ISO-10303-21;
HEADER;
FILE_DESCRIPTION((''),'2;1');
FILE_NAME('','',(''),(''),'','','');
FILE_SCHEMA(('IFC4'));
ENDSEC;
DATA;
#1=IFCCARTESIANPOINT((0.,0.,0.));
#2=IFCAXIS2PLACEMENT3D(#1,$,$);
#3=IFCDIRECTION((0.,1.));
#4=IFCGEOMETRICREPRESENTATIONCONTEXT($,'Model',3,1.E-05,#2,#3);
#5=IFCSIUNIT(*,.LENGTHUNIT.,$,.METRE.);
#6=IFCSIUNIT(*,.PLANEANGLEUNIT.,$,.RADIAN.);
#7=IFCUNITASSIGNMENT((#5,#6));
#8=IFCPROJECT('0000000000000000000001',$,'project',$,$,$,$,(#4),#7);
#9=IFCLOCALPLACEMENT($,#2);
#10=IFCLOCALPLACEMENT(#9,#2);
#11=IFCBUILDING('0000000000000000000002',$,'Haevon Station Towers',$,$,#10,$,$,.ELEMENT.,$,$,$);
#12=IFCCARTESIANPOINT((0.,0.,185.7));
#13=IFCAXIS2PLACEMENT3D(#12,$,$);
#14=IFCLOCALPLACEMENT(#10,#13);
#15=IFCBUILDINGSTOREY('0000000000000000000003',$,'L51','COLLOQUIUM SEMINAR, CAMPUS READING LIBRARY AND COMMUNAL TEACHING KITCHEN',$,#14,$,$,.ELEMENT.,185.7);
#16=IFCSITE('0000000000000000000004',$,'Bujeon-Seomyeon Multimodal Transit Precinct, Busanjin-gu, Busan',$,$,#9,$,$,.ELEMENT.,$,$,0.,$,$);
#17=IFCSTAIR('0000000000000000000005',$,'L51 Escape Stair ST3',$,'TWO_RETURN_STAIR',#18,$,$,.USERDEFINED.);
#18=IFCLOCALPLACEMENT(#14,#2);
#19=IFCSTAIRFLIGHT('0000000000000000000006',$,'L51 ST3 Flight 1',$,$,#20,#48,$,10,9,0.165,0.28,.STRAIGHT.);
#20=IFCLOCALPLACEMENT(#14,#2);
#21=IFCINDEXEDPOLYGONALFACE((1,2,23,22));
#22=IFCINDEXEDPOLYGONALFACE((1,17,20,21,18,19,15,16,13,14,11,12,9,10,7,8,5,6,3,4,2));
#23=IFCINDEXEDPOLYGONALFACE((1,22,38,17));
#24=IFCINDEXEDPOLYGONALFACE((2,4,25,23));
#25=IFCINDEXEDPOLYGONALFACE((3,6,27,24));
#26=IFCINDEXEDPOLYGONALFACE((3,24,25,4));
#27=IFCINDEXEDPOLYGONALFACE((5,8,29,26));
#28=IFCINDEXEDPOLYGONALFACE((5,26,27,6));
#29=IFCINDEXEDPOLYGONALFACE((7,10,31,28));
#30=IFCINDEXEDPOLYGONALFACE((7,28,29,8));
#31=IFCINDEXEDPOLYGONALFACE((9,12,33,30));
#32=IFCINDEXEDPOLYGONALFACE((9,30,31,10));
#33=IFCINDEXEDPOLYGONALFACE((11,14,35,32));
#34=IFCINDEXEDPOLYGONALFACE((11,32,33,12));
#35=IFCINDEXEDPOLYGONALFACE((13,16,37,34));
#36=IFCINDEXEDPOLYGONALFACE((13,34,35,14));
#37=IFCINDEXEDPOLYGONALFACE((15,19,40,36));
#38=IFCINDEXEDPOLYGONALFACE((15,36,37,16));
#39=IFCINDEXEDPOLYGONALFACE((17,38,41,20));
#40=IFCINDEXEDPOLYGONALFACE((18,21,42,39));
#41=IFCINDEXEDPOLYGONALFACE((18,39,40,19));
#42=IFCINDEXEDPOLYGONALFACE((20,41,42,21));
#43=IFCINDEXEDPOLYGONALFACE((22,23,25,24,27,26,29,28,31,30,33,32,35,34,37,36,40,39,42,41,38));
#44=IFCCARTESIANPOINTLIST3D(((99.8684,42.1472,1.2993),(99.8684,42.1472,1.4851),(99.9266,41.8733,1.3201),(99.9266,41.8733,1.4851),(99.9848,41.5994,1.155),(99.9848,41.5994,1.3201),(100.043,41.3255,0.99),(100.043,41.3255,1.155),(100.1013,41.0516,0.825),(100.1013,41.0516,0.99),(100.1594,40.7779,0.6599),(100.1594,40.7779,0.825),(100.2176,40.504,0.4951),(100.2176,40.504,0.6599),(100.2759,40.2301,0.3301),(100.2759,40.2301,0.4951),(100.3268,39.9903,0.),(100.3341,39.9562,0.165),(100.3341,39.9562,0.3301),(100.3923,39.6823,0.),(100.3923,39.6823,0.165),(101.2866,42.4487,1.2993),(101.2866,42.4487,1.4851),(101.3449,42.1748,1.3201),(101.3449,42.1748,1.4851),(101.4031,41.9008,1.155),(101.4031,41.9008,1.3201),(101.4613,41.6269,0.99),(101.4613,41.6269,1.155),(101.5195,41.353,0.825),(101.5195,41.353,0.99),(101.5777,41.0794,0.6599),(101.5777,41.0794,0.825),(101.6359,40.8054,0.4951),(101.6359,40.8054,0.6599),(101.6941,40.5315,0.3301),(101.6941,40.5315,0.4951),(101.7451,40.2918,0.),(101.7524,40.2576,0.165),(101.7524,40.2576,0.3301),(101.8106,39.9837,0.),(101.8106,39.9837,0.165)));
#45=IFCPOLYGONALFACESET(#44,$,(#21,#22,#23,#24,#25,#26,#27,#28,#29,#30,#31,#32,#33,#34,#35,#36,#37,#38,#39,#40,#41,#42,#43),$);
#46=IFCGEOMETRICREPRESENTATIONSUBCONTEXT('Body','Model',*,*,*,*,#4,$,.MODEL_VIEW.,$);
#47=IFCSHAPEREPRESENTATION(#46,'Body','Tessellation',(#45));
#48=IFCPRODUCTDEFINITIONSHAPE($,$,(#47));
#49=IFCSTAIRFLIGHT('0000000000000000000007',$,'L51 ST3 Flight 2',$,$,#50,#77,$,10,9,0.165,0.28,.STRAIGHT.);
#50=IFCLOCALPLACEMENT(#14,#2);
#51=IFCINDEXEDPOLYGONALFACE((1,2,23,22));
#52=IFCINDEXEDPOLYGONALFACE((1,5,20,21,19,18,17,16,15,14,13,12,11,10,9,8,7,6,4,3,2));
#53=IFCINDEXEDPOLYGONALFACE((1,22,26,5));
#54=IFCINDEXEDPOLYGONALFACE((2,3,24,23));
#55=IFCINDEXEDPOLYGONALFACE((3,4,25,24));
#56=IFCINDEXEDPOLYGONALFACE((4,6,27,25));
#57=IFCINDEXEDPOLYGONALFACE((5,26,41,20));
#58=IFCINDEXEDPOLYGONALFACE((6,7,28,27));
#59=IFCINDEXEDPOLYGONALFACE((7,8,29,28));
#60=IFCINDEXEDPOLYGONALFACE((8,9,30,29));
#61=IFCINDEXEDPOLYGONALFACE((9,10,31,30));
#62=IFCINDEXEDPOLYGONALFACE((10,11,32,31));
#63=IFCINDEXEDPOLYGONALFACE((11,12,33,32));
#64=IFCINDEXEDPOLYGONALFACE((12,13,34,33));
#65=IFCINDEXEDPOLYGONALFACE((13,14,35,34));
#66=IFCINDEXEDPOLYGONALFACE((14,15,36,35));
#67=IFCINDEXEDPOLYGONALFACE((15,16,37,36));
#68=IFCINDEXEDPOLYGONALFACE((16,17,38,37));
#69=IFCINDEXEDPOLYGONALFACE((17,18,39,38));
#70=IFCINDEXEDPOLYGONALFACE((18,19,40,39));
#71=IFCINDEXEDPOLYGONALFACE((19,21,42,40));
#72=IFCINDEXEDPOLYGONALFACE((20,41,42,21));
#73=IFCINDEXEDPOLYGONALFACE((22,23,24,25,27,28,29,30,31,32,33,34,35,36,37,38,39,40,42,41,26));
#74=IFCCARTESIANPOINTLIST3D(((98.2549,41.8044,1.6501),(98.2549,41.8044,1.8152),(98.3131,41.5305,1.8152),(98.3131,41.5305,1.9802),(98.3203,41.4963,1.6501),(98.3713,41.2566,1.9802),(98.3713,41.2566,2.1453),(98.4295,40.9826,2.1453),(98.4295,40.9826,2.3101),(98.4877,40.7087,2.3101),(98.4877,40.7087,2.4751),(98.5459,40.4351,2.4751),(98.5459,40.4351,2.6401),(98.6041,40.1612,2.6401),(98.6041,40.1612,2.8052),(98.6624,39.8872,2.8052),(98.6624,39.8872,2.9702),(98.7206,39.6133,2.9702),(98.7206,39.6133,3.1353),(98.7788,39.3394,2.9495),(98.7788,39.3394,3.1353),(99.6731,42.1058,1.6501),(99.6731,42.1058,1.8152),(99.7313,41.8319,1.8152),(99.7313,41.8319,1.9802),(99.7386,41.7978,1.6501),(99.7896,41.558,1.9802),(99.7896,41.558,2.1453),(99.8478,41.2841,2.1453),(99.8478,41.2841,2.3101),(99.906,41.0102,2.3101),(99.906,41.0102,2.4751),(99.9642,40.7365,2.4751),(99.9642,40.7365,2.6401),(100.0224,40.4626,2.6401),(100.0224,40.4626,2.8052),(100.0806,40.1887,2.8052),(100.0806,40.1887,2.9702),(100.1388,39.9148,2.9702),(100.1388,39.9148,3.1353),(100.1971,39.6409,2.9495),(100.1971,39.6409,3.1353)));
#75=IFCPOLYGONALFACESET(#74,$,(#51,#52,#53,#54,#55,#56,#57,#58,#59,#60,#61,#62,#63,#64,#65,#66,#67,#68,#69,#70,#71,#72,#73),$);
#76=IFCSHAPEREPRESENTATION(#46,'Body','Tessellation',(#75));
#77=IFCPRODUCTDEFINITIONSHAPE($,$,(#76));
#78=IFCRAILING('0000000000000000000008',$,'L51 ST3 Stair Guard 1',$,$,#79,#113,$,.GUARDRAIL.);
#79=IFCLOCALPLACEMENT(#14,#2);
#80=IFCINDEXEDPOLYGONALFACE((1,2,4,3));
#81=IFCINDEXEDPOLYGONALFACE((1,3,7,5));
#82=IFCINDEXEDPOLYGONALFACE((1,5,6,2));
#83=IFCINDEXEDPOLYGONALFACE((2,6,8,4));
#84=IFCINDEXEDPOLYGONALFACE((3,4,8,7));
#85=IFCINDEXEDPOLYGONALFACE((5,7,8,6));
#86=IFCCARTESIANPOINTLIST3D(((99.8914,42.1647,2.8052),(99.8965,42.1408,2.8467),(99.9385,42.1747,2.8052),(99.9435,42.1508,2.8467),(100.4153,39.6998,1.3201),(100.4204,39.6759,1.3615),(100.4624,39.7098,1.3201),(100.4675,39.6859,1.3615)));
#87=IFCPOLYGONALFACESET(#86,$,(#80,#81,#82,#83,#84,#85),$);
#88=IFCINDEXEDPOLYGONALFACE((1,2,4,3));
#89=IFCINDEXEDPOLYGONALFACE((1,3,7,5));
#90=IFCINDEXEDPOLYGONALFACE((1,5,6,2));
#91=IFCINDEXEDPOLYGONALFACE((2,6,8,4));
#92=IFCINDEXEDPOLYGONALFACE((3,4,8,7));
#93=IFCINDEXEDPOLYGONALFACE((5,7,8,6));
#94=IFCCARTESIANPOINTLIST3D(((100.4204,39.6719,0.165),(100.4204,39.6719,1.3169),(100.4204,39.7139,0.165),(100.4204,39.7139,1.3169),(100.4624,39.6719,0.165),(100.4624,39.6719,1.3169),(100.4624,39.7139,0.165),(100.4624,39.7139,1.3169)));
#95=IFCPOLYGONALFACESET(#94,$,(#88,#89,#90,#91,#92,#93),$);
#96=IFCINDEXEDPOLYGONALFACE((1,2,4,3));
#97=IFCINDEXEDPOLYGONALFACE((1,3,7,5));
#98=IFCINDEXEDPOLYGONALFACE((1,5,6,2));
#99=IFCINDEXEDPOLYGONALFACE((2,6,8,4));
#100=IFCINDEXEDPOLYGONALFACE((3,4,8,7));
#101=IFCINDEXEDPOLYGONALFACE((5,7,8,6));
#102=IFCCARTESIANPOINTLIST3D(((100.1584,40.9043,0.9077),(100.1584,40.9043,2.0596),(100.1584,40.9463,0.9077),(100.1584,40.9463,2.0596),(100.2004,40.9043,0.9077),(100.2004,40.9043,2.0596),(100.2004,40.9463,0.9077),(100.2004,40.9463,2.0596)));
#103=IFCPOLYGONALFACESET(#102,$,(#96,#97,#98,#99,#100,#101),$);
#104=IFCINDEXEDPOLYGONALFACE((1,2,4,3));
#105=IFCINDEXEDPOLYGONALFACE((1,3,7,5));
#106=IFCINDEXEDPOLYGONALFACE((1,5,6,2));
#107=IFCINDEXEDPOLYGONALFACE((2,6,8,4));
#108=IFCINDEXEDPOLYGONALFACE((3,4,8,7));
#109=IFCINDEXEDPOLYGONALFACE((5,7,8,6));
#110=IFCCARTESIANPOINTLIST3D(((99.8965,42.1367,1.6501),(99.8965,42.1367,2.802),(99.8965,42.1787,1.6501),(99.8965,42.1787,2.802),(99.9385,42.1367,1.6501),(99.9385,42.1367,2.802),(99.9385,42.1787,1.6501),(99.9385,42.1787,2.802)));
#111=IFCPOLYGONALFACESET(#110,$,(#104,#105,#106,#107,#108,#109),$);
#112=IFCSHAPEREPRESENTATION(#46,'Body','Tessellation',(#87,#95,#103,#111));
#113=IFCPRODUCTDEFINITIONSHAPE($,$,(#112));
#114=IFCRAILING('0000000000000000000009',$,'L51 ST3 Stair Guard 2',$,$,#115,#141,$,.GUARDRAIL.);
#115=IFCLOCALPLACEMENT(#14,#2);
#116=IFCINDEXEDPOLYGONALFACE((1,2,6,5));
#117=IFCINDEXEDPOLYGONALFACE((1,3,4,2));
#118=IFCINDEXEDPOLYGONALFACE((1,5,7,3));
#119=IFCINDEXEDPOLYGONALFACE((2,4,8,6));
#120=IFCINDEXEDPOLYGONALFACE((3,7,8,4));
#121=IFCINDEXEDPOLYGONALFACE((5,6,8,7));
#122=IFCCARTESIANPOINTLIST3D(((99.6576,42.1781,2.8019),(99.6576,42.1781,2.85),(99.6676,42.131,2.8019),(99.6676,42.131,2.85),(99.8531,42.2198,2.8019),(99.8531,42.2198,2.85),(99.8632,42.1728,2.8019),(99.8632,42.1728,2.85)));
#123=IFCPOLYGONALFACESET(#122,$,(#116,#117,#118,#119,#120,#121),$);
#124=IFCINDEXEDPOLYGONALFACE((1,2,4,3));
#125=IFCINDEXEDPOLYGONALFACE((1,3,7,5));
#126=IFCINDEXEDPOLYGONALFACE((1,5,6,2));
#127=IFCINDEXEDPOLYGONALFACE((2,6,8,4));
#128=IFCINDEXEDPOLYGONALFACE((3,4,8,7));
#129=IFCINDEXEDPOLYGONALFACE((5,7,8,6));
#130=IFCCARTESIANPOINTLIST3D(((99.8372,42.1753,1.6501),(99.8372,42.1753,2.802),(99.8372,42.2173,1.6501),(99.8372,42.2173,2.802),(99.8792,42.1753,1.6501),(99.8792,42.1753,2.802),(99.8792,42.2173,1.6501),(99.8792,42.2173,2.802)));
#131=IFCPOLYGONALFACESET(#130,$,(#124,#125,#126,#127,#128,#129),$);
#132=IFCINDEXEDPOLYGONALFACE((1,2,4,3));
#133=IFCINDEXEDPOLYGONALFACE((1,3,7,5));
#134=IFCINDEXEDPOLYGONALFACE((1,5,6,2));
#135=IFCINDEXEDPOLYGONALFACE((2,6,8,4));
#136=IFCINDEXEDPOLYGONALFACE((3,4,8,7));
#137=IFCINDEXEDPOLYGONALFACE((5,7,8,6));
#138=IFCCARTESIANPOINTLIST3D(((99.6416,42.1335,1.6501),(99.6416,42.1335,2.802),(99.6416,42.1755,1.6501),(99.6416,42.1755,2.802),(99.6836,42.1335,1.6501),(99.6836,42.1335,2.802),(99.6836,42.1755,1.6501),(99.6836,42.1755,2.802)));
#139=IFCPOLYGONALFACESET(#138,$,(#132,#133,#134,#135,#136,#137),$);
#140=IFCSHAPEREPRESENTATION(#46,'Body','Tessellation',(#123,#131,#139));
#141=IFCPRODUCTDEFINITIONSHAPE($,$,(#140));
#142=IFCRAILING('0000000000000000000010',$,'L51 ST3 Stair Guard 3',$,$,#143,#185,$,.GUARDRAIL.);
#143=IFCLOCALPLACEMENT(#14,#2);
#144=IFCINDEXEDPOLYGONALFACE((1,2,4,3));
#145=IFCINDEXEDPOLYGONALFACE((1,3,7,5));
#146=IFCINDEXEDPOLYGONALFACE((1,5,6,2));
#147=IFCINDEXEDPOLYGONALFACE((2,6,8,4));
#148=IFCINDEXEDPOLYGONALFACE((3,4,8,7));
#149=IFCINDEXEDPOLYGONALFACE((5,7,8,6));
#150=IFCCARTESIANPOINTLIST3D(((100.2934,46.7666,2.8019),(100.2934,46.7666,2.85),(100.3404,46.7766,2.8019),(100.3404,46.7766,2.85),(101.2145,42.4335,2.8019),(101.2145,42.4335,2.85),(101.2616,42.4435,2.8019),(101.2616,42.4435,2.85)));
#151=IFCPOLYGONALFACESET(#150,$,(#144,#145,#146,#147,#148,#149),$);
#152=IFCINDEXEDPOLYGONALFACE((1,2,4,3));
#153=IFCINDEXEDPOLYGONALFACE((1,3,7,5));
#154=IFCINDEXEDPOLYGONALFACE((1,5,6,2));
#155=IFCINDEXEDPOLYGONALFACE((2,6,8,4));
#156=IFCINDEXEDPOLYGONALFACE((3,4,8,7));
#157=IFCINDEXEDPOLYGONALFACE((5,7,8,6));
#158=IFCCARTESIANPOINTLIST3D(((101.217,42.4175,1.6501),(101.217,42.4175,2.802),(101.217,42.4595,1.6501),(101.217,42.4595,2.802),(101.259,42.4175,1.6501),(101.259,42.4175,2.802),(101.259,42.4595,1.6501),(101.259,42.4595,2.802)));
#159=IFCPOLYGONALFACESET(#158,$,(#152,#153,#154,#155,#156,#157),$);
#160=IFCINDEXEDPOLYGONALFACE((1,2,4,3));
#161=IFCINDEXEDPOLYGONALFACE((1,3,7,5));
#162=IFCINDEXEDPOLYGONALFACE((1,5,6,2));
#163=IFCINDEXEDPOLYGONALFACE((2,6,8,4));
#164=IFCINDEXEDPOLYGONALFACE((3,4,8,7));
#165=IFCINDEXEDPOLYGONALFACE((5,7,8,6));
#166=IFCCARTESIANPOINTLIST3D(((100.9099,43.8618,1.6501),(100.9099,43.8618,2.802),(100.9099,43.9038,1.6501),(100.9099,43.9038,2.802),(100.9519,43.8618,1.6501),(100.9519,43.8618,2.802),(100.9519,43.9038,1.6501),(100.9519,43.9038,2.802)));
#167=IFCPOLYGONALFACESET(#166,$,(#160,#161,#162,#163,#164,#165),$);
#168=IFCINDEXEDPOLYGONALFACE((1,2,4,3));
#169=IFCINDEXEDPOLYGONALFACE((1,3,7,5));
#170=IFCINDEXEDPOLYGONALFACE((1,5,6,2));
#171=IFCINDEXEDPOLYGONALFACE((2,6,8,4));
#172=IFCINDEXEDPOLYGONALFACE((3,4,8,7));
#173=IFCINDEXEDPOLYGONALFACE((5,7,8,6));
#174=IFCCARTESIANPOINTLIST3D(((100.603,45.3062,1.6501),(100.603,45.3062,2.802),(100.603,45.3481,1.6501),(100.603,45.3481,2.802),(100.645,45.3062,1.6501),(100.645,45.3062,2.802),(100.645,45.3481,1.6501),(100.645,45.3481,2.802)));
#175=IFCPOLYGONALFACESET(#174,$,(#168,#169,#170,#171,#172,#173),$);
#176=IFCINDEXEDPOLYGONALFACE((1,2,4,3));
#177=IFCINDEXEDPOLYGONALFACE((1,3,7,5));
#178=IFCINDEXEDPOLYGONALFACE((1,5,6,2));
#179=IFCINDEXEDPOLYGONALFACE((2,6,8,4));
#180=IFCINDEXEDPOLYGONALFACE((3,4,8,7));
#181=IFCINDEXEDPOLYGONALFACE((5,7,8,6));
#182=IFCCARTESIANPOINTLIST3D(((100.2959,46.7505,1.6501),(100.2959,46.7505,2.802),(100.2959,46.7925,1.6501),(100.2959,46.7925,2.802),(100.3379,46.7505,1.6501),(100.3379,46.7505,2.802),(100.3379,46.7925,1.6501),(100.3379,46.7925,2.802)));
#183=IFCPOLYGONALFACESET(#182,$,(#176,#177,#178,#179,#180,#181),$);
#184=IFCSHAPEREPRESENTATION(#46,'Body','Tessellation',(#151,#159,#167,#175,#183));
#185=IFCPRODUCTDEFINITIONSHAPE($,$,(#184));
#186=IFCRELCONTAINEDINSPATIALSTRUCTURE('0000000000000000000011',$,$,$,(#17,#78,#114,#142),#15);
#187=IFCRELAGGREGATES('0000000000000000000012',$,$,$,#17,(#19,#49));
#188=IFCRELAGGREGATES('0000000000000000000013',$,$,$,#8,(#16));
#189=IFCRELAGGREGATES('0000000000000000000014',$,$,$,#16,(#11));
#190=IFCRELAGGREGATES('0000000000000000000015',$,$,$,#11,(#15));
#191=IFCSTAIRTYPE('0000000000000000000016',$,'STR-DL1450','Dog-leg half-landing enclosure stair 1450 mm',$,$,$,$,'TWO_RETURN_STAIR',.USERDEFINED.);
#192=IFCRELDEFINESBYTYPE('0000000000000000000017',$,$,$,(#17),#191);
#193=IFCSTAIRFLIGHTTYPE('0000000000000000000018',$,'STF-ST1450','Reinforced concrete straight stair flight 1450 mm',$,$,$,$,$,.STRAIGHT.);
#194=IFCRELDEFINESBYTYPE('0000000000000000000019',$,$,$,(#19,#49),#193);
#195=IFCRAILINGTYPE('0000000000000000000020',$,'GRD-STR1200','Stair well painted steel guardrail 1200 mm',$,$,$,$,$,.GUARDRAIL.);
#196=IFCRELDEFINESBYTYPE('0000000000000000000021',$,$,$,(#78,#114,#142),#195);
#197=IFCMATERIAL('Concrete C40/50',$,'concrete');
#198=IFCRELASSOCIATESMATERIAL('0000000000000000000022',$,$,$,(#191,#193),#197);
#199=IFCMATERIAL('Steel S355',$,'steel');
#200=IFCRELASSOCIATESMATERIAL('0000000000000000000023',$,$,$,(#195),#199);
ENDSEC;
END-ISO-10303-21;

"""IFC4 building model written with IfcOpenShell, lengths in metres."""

from ifc_helpers import new_model, si_unit, direction, frame, origin, origin_2d, place, context, subcontext, project, spatial, polyline, rectangle, outline, extrude, material, type_object, element, aggregate, save


model = new_model("IFC4")

# Units and contexts
model_context = context("Model", 3, precision=1e-05, world=origin(), true_north=direction((0.0, 1.0)))
body_context = subcontext(model_context, "Body", "Model", "MODEL_VIEW")
ifc_project = project(units=[si_unit("LENGTHUNIT", "METRE"), si_unit("PLANEANGLEUNIT", "RADIAN")], contexts=[model_context])

# Site, building, storey
site_placement = place(None, origin())
site = spatial("IfcSite", under=ifc_project, at=site_placement, Name="Bujeon-Seomyeon Multimodal Transit Precinct, Busanjin-gu, Busan", CompositionType="ELEMENT", RefElevation=0.0)
building_placement = place(site_placement, origin())
building = spatial("IfcBuilding", under=site, at=building_placement, Name="Haevon Station Towers", CompositionType="ELEMENT")
storey_placement = place(building_placement, frame((0.0, 0.0, 185.7)))
storey = spatial("IfcBuildingStorey", under=building, at=storey_placement, Name="L51", Description="COLLOQUIUM SEMINAR, CAMPUS READING LIBRARY AND COMMUNAL TEACHING KITCHEN", CompositionType="ELEMENT", Elevation=185.7)

# Shared definitions
ifc_material_1 = material(Name="Steel S355", Category="steel")

# Shared definitions
ifc_material_2 = material(Name="Concrete C40/50", Category="concrete")

# Stair, stair flights
stair_type = type_object("IfcStairType", Name="STR-DL1450", Description="Dog-leg half-landing enclosure stair 1450 mm", ElementType="TWO_RETURN_STAIR", PredefinedType="USERDEFINED", material=ifc_material_2)
stair_placement = place(storey_placement, origin())
stair = element("IfcStair", 1, at=stair_placement, inside=storey, type_object=stair_type, Name="L51 Escape Stair ST3", ObjectType="TWO_RETURN_STAIR", PredefinedType="USERDEFINED")
stair_flight_type = type_object("IfcStairFlightType", Name="STF-ST1450", Description="Reinforced concrete straight stair flight 1450 mm", PredefinedType="STRAIGHT", material=ifc_material_2)
stair_flight_1_placement = place(storey_placement, frame((101.1016, 39.833, 0.0), z_axis=(0.0, 0.0, 1.0), x_axis=(-0.207912, 0.978148, 0.0)))
stair_flight_1 = element("IfcStairFlight", 2, at=stair_flight_1_placement, type_object=stair_flight_type, Name="L51 ST3 Flight 1", NumberOfRisers=10, NumberOfTreads=9, PredefinedType="STRAIGHT", RiserHeight=0.165, TreadLength=0.28, context=body_context, shape_type="SweptSolid", body=[
    extrude(outline(polyline([(0.0, 0.0), (0.0, 0.165), (0.28, 0.165), (0.28, 0.3301), (0.5601, 0.3301), (0.5601, 0.4951), (0.8401, 0.4951), (0.8401, 0.6599), (1.1201, 0.6599), (1.1201, 0.825), (1.3999, 0.825), (1.3999, 0.99), (1.6799, 0.99), (1.6799, 1.155), (1.96, 1.155), (1.96, 1.3201), (2.24, 1.3201), (2.24, 1.4851), (2.52, 1.4851), (2.52, 1.6499), (2.52, 1.2993), (0.3149, 0.0), (0.0, 0.0)])), frame((0.0, 0.7251, 0.0), z_axis=(0.0, -1.0, 0.0), x_axis=(1.0, 0.0, 0.0)), (0.0, 0.0, 1.0), 1.45),
])
stair_flight_2_placement = place(storey_placement, frame((98.9639, 41.9551, 1.6501), z_axis=(0.0, 0.0, 1.0), x_axis=(0.207912, -0.978148, 0.0)))
stair_flight_2 = element("IfcStairFlight", 3, at=stair_flight_2_placement, type_object=stair_flight_type, Name="L51 ST3 Flight 2", NumberOfRisers=10, NumberOfTreads=9, PredefinedType="STRAIGHT", RiserHeight=0.165, TreadLength=0.28, context=body_context, shape_type="SweptSolid", body=[
    extrude(outline(polyline([(0.0, 0.0), (0.0, 0.165), (0.28, 0.165), (0.28, 0.3301), (0.5601, 0.3301), (0.5601, 0.4951), (0.8401, 0.4951), (0.8401, 0.6599), (1.1201, 0.6599), (1.1201, 0.825), (1.3999, 0.825), (1.3999, 0.99), (1.6799, 0.99), (1.6799, 1.155), (1.96, 1.155), (1.96, 1.3201), (2.24, 1.3201), (2.24, 1.4851), (2.52, 1.4851), (2.52, 1.6499), (2.52, 1.2993), (0.3149, 0.0), (0.0, 0.0)])), frame((0.0, 0.7251, 0.0), z_axis=(0.0, -1.0, 0.0), x_axis=(1.0, 0.0, 0.0)), (0.0, 0.0, 1.0), 1.45),
])
aggregate(stair, [stair_flight_1, stair_flight_2])

# Railings
railing_type_1 = type_object("IfcRailingType", Name="GRD-STR1200", Description="Stair well painted steel guardrail 1200 mm", PredefinedType="GUARDRAIL", material=ifc_material_1)
railing_1_placement = place(storey_placement, frame((100.4414, 39.6929, 0.165)))
element("IfcRailing", 4, at=railing_1_placement, inside=storey, type_object=railing_type_1, Name="L51 ST3 Stair Guard 1", PredefinedType="GUARDRAIL", context=body_context, shape_type="SweptSolid", body=[
    extrude(rectangle(XDim=0.0481, YDim=0.0481, at=origin_2d()), frame((0.0, 0.0, 1.1758), z_axis=(-0.179121, 0.842688, 0.507733), x_axis=(-0.978147, -0.207914, 0.0)), (0.0, 0.0, 1.0), 2.925),
    extrude(rectangle(XDim=0.042, YDim=0.042, at=origin_2d()), origin(), (0.0, 0.0, 1.0), 1.1519),
    extrude(rectangle(XDim=0.042, YDim=0.042, at=origin_2d()), frame((-0.262, 1.2324, 0.7427)), (0.0, 0.0, 1.0), 1.1519),
    extrude(rectangle(XDim=0.042, YDim=0.042, at=origin_2d()), frame((-0.5239, 2.4648, 1.4851)), (0.0, 0.0, 1.0), 1.1519),
])
railing_2_placement = place(storey_placement, frame((99.8582, 42.1963, 1.6501)))
element("IfcRailing", 5, at=railing_2_placement, inside=storey, type_object=railing_type_1, Name="L51 ST3 Stair Guard 2", PredefinedType="GUARDRAIL", context=body_context, shape_type="SweptSolid", body=[
    extrude(rectangle(XDim=0.0481, YDim=0.0481, at=origin_2d()), frame((0.0, 0.0, 1.1758), z_axis=(-0.977963, -0.208779, 0.0), x_axis=(0.208779, -0.977963, 0.0)), (0.0, 0.0, 1.0), 0.2),
    extrude(rectangle(XDim=0.042, YDim=0.042, at=origin_2d()), origin(), (0.0, 0.0, 1.0), 1.1519),
    extrude(rectangle(XDim=0.042, YDim=0.042, at=origin_2d()), frame((-0.1956, -0.0417, 0.0)), (0.0, 0.0, 1.0), 1.1519),
])
railing_3_placement = place(storey_placement, frame((101.238, 42.4385, 1.6501)))
element("IfcRailing", 6, at=railing_3_placement, inside=storey, type_object=railing_type_1, Name="L51 ST3 Stair Guard 3", PredefinedType="GUARDRAIL", context=body_context, shape_type="SweptSolid", body=[
    extrude(rectangle(XDim=0.0481, YDim=0.0481, at=origin_2d()), frame((0.0, 0.0, 1.1758), z_axis=(-0.20794, 0.978141, 0.0), x_axis=(-0.978141, -0.20794, 0.0)), (0.0, 0.0, 1.0), 4.4299),
    extrude(rectangle(XDim=0.042, YDim=0.042, at=origin_2d()), origin(), (0.0, 0.0, 1.0), 1.1519),
    extrude(rectangle(XDim=0.042, YDim=0.042, at=origin_2d()), frame((-0.3071, 1.4443, 0.0)), (0.0, 0.0, 1.0), 1.1519),
    extrude(rectangle(XDim=0.042, YDim=0.042, at=origin_2d()), frame((-0.614, 2.8887, 0.0)), (0.0, 0.0, 1.0), 1.1519),
    extrude(rectangle(XDim=0.042, YDim=0.042, at=origin_2d()), frame((-0.9211, 4.333, 0.0)), (0.0, 0.0, 1.0), 1.1519),
])

save(model, "model.ifc")
